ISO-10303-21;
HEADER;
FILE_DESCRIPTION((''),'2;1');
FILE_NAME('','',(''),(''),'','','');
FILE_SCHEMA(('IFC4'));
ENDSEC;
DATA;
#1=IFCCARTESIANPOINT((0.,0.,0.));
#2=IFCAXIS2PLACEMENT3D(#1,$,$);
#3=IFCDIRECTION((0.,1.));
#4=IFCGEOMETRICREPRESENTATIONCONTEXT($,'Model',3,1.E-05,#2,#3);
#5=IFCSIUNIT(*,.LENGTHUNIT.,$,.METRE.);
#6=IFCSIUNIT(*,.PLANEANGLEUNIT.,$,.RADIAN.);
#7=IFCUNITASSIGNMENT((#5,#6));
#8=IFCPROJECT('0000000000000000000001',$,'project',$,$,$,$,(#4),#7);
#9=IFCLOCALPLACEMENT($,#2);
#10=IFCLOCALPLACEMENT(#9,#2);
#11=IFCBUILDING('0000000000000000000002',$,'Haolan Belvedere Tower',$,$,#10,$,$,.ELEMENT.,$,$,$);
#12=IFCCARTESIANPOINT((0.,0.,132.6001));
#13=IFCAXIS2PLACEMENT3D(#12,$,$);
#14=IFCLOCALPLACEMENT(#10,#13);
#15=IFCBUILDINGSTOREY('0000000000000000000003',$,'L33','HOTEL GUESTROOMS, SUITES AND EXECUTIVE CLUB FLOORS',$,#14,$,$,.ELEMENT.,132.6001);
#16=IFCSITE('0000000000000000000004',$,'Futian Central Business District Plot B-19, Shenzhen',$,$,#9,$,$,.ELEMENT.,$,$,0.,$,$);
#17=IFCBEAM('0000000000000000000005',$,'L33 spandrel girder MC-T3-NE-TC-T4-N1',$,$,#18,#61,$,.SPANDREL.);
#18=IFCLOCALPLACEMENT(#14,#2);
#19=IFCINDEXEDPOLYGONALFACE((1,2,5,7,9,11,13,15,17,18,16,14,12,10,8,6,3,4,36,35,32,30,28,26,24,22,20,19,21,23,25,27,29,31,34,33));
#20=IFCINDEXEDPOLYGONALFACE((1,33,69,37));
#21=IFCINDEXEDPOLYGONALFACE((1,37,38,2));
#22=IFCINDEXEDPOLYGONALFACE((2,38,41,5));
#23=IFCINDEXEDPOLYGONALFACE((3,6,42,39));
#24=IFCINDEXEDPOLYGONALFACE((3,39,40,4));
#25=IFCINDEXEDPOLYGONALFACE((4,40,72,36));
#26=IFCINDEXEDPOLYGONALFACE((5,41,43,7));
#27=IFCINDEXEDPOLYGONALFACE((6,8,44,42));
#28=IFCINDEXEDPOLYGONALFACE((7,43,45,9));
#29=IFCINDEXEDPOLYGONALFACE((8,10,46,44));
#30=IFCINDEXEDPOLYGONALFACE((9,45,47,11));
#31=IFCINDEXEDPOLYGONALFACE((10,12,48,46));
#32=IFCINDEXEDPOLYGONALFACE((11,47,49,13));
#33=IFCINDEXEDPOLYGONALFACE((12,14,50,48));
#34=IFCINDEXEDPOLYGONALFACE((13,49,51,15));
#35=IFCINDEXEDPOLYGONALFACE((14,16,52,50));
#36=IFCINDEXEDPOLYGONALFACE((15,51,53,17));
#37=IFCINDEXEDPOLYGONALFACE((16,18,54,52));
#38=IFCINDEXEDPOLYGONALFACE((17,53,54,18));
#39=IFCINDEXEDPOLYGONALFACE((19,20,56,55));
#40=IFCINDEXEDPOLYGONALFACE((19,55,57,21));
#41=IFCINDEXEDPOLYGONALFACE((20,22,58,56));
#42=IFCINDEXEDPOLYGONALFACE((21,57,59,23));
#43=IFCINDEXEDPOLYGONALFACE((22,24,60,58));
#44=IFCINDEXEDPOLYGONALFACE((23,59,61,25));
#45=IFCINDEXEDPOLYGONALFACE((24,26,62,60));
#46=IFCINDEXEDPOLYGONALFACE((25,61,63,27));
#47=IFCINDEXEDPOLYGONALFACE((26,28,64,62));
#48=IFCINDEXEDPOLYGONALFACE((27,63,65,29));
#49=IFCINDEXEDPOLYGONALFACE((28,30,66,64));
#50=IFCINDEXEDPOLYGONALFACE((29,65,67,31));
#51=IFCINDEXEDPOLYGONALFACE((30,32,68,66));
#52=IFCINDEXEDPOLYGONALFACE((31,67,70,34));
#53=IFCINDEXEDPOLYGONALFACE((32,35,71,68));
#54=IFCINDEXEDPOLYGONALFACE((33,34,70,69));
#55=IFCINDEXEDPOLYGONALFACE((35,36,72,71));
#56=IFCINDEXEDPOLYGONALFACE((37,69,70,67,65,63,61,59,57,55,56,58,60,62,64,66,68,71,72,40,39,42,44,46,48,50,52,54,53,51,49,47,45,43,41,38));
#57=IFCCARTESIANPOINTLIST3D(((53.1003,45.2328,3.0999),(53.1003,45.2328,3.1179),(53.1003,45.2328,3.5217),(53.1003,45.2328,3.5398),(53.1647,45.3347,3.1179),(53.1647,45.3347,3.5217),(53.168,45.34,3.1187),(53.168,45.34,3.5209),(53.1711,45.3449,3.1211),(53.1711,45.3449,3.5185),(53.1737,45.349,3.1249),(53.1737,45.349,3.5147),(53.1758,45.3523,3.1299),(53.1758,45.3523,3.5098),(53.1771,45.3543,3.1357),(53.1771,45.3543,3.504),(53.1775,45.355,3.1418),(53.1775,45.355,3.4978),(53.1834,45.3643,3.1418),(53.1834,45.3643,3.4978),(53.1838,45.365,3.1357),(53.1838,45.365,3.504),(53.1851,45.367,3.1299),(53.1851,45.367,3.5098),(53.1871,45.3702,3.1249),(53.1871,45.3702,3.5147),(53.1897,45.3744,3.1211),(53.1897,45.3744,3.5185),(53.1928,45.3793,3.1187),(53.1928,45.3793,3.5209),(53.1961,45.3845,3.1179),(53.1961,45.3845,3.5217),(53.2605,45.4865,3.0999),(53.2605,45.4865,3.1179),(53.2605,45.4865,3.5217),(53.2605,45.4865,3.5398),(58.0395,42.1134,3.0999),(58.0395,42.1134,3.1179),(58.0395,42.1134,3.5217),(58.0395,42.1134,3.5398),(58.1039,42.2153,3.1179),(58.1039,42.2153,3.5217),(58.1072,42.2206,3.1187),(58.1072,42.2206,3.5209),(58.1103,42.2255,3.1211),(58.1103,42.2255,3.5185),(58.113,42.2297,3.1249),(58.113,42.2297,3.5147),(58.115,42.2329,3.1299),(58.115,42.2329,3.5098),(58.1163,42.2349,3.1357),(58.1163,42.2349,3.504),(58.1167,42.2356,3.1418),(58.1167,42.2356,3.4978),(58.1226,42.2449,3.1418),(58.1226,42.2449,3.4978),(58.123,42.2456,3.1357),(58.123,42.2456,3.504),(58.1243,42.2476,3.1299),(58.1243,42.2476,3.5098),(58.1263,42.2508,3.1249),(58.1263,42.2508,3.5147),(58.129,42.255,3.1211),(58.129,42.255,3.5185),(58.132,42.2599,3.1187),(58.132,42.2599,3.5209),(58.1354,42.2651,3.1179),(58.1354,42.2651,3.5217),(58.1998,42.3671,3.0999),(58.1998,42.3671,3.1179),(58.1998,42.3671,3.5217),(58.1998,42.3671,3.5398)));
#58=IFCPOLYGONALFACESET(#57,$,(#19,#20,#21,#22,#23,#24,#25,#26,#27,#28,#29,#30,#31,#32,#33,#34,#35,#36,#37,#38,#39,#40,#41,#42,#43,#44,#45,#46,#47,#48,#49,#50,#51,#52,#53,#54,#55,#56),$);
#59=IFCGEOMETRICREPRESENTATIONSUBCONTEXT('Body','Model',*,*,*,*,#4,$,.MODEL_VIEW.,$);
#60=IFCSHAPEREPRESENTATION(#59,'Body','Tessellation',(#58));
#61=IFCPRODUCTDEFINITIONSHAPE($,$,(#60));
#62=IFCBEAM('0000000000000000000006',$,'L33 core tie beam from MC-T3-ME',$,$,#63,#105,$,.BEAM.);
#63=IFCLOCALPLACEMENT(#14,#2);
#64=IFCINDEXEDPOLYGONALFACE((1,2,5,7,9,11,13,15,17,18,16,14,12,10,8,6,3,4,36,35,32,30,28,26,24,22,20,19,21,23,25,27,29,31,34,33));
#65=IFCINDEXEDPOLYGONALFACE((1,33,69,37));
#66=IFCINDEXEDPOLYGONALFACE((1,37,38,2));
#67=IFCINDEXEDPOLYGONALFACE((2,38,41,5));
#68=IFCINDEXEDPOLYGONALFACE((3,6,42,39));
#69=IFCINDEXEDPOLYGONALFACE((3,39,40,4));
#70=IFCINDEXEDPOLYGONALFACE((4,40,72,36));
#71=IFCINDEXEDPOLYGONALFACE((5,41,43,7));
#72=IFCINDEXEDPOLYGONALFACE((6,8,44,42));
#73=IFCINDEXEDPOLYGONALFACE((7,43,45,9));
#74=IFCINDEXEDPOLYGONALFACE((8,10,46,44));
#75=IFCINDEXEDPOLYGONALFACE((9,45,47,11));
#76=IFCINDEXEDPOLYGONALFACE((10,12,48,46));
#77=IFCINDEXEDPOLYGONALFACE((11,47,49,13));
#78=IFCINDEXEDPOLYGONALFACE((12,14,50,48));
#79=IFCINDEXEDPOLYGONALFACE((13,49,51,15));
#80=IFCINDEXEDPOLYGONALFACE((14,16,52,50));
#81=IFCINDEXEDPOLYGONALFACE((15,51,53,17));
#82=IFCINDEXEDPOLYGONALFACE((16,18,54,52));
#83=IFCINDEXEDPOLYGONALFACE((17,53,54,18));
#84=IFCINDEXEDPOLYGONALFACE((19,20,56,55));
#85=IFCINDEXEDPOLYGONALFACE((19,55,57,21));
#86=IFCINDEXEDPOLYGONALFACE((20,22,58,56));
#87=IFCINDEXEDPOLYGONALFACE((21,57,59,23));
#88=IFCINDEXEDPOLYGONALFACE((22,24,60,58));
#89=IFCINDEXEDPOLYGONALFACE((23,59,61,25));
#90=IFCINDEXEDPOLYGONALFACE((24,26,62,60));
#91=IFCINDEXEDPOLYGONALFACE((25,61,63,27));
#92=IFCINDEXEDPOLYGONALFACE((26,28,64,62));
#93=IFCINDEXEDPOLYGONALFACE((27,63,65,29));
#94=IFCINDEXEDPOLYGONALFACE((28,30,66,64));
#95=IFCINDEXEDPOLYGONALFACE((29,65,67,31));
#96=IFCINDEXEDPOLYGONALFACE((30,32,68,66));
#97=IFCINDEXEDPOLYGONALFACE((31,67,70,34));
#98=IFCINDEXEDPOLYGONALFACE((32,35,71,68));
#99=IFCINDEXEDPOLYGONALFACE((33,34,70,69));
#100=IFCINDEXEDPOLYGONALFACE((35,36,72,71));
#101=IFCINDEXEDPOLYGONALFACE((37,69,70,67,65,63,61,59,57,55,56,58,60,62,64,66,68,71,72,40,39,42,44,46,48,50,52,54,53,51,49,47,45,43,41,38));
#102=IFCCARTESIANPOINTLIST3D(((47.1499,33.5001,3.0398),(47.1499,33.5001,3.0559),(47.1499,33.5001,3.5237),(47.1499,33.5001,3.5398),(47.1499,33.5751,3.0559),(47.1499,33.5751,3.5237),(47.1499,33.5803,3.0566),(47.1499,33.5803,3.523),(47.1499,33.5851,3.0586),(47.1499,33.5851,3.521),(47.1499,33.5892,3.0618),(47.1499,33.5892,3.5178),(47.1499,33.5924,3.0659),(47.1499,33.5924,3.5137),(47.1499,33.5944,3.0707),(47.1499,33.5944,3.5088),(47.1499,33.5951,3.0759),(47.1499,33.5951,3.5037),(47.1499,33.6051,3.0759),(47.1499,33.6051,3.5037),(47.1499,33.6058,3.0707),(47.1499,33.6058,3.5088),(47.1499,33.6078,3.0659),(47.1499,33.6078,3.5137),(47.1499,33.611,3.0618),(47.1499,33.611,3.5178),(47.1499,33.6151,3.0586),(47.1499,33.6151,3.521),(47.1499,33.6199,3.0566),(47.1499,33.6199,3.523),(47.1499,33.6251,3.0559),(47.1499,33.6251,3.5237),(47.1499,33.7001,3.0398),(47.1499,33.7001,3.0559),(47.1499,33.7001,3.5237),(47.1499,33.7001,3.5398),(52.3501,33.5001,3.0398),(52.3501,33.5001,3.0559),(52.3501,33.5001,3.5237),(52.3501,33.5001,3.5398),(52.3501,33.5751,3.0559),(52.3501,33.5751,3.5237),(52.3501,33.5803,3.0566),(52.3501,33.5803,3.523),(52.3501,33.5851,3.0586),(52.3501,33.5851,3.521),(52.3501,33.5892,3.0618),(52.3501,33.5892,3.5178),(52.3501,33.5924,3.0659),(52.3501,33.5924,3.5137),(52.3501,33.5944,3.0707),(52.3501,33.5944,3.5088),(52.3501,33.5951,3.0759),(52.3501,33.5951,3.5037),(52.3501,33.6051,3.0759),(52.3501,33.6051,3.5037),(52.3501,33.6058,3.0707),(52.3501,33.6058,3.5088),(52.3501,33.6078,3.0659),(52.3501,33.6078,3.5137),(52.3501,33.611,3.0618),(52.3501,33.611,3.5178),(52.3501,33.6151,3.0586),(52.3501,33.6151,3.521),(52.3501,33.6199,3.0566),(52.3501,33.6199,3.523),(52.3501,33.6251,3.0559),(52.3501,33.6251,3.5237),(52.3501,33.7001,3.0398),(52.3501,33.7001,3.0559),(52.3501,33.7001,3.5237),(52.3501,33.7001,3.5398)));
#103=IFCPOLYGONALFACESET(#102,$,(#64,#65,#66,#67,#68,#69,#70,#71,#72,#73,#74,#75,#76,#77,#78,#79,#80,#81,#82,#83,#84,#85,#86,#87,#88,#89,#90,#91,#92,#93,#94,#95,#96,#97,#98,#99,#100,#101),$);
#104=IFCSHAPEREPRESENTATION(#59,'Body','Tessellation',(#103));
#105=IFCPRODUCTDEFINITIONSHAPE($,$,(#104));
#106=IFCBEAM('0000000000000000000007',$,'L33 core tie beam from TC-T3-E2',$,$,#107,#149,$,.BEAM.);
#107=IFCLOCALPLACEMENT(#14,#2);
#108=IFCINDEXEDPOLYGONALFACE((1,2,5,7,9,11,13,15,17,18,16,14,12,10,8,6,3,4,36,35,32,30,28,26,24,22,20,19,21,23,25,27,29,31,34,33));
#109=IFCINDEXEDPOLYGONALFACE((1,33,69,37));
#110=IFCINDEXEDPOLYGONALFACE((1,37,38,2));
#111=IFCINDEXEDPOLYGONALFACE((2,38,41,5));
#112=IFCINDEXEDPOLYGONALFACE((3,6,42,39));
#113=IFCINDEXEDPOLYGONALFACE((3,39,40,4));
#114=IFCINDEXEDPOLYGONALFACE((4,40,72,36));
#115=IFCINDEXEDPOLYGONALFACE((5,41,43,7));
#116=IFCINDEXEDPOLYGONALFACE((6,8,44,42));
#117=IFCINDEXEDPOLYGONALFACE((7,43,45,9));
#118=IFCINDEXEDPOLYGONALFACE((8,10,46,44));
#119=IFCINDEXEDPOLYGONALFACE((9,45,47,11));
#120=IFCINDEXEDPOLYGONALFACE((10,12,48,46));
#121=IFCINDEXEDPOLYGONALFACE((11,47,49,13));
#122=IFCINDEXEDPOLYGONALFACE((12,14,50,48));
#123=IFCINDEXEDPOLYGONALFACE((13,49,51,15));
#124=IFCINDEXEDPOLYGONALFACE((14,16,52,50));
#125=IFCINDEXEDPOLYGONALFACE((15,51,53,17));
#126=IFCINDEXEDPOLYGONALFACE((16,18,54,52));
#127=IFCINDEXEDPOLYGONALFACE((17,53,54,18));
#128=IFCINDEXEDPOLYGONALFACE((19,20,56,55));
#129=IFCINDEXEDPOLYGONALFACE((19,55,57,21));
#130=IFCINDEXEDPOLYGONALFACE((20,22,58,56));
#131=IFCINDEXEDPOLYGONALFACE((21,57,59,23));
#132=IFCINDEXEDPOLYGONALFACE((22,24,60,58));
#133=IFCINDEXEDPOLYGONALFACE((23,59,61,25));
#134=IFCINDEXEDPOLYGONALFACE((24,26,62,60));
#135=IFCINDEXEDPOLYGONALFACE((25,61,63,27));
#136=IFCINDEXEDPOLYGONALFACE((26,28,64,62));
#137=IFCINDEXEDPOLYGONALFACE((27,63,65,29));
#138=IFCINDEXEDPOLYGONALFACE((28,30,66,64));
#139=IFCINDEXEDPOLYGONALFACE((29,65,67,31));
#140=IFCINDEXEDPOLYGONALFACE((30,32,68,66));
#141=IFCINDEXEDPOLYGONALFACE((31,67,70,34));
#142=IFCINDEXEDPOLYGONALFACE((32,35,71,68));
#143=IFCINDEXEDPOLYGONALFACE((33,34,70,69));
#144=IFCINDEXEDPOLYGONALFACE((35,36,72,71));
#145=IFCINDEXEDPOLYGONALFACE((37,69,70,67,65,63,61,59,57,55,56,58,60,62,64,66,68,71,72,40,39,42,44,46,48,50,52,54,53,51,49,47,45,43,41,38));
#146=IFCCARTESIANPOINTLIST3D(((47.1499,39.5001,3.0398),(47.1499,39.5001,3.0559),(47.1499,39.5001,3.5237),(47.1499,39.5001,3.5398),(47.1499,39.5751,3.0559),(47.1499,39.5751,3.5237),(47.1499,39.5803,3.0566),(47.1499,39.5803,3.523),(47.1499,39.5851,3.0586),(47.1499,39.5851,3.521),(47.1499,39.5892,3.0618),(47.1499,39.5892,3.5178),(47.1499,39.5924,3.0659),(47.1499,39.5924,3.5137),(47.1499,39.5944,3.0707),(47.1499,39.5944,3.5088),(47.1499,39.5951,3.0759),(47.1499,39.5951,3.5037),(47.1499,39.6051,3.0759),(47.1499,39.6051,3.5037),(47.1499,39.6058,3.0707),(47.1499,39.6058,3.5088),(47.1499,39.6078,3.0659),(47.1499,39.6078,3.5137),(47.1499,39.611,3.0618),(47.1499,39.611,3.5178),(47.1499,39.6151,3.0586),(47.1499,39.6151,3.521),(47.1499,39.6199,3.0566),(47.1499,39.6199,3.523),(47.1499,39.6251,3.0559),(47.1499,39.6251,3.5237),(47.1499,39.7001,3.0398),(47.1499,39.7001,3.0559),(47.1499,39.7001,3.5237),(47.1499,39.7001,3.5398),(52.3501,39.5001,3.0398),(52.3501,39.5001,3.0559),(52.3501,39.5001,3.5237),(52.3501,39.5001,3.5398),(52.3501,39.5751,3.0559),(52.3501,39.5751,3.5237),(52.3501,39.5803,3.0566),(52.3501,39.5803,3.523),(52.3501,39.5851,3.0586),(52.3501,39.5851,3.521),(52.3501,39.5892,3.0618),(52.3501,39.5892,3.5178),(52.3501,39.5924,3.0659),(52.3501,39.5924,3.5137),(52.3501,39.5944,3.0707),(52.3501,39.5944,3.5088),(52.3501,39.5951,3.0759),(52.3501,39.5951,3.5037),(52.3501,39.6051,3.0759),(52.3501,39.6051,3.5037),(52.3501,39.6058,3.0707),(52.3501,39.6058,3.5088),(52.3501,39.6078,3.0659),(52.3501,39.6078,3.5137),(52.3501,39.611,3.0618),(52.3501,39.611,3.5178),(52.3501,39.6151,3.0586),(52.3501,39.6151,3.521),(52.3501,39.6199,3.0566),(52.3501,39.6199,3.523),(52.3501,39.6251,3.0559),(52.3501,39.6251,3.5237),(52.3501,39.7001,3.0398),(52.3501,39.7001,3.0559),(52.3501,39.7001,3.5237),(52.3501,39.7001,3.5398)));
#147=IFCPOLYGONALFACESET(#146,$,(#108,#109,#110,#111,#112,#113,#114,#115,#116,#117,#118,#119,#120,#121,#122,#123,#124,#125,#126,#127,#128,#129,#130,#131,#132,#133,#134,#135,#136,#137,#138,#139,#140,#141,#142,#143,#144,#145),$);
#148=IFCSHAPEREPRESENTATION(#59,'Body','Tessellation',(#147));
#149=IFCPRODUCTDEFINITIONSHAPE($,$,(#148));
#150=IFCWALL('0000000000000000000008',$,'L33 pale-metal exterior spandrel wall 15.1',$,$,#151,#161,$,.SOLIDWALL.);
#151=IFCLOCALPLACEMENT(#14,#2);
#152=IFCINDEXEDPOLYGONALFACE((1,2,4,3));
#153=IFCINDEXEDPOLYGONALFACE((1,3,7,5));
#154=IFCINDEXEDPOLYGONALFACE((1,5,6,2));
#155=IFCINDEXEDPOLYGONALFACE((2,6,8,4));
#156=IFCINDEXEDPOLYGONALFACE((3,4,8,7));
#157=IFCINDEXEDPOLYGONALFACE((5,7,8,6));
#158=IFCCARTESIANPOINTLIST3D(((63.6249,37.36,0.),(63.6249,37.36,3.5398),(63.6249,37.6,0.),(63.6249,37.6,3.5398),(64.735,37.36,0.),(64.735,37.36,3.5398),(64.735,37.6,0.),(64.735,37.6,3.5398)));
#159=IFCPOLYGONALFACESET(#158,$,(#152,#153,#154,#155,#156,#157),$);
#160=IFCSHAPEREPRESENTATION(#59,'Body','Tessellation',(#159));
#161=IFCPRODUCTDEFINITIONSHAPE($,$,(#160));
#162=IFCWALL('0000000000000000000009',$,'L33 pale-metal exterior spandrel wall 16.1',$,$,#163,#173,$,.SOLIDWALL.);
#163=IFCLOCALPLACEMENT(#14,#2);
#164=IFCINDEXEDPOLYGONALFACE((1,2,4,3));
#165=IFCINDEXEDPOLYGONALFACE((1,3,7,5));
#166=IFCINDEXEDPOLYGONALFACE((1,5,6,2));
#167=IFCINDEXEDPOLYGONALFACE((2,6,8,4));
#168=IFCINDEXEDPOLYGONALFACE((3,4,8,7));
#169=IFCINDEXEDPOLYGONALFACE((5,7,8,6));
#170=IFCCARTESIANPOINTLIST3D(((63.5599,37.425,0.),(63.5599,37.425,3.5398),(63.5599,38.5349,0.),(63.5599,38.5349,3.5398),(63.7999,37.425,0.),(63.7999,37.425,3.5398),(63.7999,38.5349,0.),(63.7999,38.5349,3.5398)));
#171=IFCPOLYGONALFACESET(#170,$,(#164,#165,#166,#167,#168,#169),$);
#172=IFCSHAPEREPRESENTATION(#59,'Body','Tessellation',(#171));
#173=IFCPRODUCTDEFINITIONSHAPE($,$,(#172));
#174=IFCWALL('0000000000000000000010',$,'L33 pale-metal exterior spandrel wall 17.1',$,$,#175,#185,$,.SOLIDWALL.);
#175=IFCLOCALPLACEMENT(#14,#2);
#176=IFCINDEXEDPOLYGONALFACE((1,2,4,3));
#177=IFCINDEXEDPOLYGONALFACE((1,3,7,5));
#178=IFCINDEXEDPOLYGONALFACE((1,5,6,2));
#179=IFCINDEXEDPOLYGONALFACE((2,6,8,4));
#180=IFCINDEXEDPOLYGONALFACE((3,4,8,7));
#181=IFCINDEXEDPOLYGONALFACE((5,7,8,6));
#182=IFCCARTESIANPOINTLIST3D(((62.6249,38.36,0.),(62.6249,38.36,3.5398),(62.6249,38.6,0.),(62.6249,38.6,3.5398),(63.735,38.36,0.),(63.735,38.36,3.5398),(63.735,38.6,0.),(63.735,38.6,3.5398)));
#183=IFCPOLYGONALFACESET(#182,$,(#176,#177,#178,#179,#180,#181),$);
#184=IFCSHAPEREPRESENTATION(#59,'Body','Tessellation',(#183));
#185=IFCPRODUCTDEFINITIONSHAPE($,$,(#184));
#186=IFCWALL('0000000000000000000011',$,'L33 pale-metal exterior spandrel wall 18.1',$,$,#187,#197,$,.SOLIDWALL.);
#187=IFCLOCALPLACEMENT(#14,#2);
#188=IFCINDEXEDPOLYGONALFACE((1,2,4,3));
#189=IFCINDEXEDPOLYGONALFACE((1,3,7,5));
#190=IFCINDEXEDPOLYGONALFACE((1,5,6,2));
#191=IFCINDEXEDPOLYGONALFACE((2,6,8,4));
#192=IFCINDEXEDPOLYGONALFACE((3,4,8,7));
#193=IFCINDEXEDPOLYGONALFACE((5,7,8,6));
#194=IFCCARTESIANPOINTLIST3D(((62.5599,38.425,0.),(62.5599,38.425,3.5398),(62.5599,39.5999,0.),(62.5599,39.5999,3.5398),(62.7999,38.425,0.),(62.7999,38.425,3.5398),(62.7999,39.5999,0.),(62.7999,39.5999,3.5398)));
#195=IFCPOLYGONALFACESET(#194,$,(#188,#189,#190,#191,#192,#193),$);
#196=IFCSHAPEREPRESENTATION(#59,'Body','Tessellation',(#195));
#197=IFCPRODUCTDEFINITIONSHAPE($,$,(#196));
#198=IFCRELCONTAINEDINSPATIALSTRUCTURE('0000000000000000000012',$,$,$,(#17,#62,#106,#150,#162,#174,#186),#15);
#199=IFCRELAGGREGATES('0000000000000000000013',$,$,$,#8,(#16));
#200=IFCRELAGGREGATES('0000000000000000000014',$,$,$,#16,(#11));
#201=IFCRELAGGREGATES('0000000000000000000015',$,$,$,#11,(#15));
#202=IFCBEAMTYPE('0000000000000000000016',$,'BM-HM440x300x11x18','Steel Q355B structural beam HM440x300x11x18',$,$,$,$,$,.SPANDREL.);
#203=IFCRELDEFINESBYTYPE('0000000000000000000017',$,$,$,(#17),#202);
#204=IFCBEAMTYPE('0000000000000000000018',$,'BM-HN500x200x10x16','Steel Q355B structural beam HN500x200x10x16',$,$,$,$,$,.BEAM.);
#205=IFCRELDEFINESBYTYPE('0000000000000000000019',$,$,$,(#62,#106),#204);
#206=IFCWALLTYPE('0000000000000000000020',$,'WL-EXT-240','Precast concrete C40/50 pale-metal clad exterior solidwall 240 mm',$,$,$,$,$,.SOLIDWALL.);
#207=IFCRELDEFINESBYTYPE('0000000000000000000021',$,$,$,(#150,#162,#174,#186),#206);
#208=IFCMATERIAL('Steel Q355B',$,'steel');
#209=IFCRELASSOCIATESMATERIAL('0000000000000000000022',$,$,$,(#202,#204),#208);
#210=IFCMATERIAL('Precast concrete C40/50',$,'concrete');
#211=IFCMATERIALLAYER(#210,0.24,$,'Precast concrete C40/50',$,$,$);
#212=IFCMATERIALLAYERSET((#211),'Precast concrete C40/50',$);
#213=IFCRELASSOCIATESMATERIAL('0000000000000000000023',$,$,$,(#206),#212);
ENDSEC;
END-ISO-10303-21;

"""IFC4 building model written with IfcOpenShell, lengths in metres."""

from ifc_helpers import new_model, si_unit, direction, frame, frame_2d, origin, origin_2d, place, context, subcontext, project, spatial, rectangle, i_section, extrude, material, layer, layer_set, material_profile, profile_set, type_object, element, save


model = new_model("IFC4")

# Units and contexts
model_context = context("Model", 3, precision=1e-05, world=origin(), true_north=direction((0.0, 1.0)))
body_context = subcontext(model_context, "Body", "Model", "MODEL_VIEW")
ifc_project = project(units=[si_unit("LENGTHUNIT", "METRE"), si_unit("PLANEANGLEUNIT", "RADIAN")], contexts=[model_context])

# Site, building, storey
site_placement = place(None, origin())
site = spatial("IfcSite", under=ifc_project, at=site_placement, Name="Futian Central Business District Plot B-19, Shenzhen", CompositionType="ELEMENT", RefElevation=0.0)
building_placement = place(site_placement, origin())
building = spatial("IfcBuilding", under=site, at=building_placement, Name="Haolan Belvedere Tower", CompositionType="ELEMENT")
storey_placement = place(building_placement, frame((0.0, 0.0, 132.6001)))
storey = spatial("IfcBuildingStorey", under=building, at=storey_placement, Name="L33", Description="HOTEL GUESTROOMS, SUITES AND EXECUTIVE CLUB FLOORS", CompositionType="ELEMENT", Elevation=132.6001)

# Beams
ifc_material_1 = material(Name="Steel Q355B", Category="steel")
ifc_material_profile_1 = material_profile(ifc_material_1, i_section(OverallWidth=0.3, OverallDepth=0.4399, WebThickness=0.011, FlangeThickness=0.0181, FilletRadius=0.0239, at=origin_2d()), Name="Steel Q355B")
ifc_profile_set_1 = profile_set([ifc_material_profile_1], Name="Steel Q355B")
beam_type_1 = type_object("IfcBeamType", Name="BM-HM440x300x11x18", Description="Steel Q355B structural beam HM440x300x11x18", PredefinedType="SPANDREL", material=ifc_profile_set_1)
beam_placement = place(storey_placement, frame((53.1804, 45.3596, 3.3198), z_axis=(0.845498, -0.533979, 0.0), x_axis=(0.533979, 0.845498, 0.0)))
element("IfcBeam", 1, at=beam_placement, inside=storey, type_object=beam_type_1, Name="L33 spandrel girder MC-T3-NE-TC-T4-N1", PredefinedType="SPANDREL", context=body_context, shape_type="SweptSolid", body=[
    extrude(i_section(OverallWidth=0.3, OverallDepth=0.4399, WebThickness=0.011, FlangeThickness=0.0181, FilletRadius=0.0239, at=origin_2d()), origin(), (0.0, 0.0, 1.0), 5.8418),
])
ifc_material_profile_2 = material_profile(ifc_material_1, i_section(OverallWidth=0.2, OverallDepth=0.5, WebThickness=0.01, FlangeThickness=0.0161, FilletRadius=0.02, at=origin_2d()), Name="Steel Q355B")
ifc_profile_set_2 = profile_set([ifc_material_profile_2], Name="Steel Q355B")
beam_type_2 = type_object("IfcBeamType", Name="BM-HN500x200x10x16", Description="Steel Q355B structural beam HN500x200x10x16", PredefinedType="BEAM", material=ifc_profile_set_2)
for number, where, z_axis, x_axis, name in (
    (2, (52.3501, 33.6001, 3.2898), (-1.0, 0.0, 0.0), (0.0, -1.0, 0.0), "L33 core tie beam from MC-T3-ME"),
    (3, (52.3501, 39.6001, 3.2898), (-1.0, 0.0, 0.0), (0.0, -1.0, 0.0), "L33 core tie beam from TC-T3-E2"),
):
    element("IfcBeam", number, at=place(storey_placement, frame(where, z_axis=z_axis, x_axis=x_axis)), inside=storey, type_object=beam_type_2, Name=name, PredefinedType="BEAM", context=body_context, shape_type="SweptSolid", body=[
        extrude(i_section(OverallWidth=0.2, OverallDepth=0.5, WebThickness=0.01, FlangeThickness=0.0161, FilletRadius=0.02, at=origin_2d()), origin(), (0.0, 0.0, 1.0), 5.2002),
    ])

# Walls
ifc_material_2 = material(Name="Precast concrete C40/50", Category="concrete")
ifc_layer_1 = layer(ifc_material_2, 0.24, Name="Precast concrete C40/50")
ifc_layer_set_1 = layer_set([ifc_layer_1], Name="Precast concrete C40/50")
wall_type_1 = type_object("IfcWallType", Name="WL-EXT-240", Description="Precast concrete C40/50 pale-metal clad exterior solidwall 240 mm", PredefinedType="SOLIDWALL", material=ifc_layer_set_1)
wall_1_placement = place(storey_placement, frame((64.7351, 37.48, 0.0), z_axis=(0.0, 0.0, 1.0), x_axis=(-1.0, 0.0, 0.0)))
element("IfcWall", 4, at=wall_1_placement, inside=storey, type_object=wall_type_1, Name="L33 pale-metal exterior spandrel wall 15.1", PredefinedType="SOLIDWALL", context=body_context, shape_type="SweptSolid", body=[
    extrude(rectangle(XDim=1.1101, YDim=0.24, at=frame_2d((0.5552, 0.0))), origin(), (0.0, 0.0, 1.0), 3.5398),
])
wall_2_placement = place(storey_placement, frame((63.6799, 37.425, 0.0), z_axis=(0.0, 0.0, 1.0), x_axis=(0.0, 1.0, 0.0)))
element("IfcWall", 5, at=wall_2_placement, inside=storey, type_object=wall_type_1, Name="L33 pale-metal exterior spandrel wall 16.1", PredefinedType="SOLIDWALL", context=body_context, shape_type="SweptSolid", body=[
    extrude(rectangle(XDim=1.1099, YDim=0.24, at=frame_2d((0.5549, 0.0))), origin(), (0.0, 0.0, 1.0), 3.5398),
])
wall_3_placement = place(storey_placement, frame((63.7351, 38.48, 0.0), z_axis=(0.0, 0.0, 1.0), x_axis=(-1.0, 0.0, 0.0)))
element("IfcWall", 6, at=wall_3_placement, inside=storey, type_object=wall_type_1, Name="L33 pale-metal exterior spandrel wall 17.1", PredefinedType="SOLIDWALL", context=body_context, shape_type="SweptSolid", body=[
    extrude(rectangle(XDim=1.1101, YDim=0.24, at=frame_2d((0.5552, 0.0))), origin(), (0.0, 0.0, 1.0), 3.5398),
])
wall_4_placement = place(storey_placement, frame((62.6799, 38.425, 0.0), z_axis=(0.0, 0.0, 1.0), x_axis=(0.0, 1.0, 0.0)))
element("IfcWall", 7, at=wall_4_placement, inside=storey, type_object=wall_type_1, Name="L33 pale-metal exterior spandrel wall 18.1", PredefinedType="SOLIDWALL", context=body_context, shape_type="SweptSolid", body=[
    extrude(rectangle(XDim=1.1748, YDim=0.24, at=frame_2d((0.5874, 0.0))), origin(), (0.0, 0.0, 1.0), 3.5398),
])

save(model, "model.ifc")
